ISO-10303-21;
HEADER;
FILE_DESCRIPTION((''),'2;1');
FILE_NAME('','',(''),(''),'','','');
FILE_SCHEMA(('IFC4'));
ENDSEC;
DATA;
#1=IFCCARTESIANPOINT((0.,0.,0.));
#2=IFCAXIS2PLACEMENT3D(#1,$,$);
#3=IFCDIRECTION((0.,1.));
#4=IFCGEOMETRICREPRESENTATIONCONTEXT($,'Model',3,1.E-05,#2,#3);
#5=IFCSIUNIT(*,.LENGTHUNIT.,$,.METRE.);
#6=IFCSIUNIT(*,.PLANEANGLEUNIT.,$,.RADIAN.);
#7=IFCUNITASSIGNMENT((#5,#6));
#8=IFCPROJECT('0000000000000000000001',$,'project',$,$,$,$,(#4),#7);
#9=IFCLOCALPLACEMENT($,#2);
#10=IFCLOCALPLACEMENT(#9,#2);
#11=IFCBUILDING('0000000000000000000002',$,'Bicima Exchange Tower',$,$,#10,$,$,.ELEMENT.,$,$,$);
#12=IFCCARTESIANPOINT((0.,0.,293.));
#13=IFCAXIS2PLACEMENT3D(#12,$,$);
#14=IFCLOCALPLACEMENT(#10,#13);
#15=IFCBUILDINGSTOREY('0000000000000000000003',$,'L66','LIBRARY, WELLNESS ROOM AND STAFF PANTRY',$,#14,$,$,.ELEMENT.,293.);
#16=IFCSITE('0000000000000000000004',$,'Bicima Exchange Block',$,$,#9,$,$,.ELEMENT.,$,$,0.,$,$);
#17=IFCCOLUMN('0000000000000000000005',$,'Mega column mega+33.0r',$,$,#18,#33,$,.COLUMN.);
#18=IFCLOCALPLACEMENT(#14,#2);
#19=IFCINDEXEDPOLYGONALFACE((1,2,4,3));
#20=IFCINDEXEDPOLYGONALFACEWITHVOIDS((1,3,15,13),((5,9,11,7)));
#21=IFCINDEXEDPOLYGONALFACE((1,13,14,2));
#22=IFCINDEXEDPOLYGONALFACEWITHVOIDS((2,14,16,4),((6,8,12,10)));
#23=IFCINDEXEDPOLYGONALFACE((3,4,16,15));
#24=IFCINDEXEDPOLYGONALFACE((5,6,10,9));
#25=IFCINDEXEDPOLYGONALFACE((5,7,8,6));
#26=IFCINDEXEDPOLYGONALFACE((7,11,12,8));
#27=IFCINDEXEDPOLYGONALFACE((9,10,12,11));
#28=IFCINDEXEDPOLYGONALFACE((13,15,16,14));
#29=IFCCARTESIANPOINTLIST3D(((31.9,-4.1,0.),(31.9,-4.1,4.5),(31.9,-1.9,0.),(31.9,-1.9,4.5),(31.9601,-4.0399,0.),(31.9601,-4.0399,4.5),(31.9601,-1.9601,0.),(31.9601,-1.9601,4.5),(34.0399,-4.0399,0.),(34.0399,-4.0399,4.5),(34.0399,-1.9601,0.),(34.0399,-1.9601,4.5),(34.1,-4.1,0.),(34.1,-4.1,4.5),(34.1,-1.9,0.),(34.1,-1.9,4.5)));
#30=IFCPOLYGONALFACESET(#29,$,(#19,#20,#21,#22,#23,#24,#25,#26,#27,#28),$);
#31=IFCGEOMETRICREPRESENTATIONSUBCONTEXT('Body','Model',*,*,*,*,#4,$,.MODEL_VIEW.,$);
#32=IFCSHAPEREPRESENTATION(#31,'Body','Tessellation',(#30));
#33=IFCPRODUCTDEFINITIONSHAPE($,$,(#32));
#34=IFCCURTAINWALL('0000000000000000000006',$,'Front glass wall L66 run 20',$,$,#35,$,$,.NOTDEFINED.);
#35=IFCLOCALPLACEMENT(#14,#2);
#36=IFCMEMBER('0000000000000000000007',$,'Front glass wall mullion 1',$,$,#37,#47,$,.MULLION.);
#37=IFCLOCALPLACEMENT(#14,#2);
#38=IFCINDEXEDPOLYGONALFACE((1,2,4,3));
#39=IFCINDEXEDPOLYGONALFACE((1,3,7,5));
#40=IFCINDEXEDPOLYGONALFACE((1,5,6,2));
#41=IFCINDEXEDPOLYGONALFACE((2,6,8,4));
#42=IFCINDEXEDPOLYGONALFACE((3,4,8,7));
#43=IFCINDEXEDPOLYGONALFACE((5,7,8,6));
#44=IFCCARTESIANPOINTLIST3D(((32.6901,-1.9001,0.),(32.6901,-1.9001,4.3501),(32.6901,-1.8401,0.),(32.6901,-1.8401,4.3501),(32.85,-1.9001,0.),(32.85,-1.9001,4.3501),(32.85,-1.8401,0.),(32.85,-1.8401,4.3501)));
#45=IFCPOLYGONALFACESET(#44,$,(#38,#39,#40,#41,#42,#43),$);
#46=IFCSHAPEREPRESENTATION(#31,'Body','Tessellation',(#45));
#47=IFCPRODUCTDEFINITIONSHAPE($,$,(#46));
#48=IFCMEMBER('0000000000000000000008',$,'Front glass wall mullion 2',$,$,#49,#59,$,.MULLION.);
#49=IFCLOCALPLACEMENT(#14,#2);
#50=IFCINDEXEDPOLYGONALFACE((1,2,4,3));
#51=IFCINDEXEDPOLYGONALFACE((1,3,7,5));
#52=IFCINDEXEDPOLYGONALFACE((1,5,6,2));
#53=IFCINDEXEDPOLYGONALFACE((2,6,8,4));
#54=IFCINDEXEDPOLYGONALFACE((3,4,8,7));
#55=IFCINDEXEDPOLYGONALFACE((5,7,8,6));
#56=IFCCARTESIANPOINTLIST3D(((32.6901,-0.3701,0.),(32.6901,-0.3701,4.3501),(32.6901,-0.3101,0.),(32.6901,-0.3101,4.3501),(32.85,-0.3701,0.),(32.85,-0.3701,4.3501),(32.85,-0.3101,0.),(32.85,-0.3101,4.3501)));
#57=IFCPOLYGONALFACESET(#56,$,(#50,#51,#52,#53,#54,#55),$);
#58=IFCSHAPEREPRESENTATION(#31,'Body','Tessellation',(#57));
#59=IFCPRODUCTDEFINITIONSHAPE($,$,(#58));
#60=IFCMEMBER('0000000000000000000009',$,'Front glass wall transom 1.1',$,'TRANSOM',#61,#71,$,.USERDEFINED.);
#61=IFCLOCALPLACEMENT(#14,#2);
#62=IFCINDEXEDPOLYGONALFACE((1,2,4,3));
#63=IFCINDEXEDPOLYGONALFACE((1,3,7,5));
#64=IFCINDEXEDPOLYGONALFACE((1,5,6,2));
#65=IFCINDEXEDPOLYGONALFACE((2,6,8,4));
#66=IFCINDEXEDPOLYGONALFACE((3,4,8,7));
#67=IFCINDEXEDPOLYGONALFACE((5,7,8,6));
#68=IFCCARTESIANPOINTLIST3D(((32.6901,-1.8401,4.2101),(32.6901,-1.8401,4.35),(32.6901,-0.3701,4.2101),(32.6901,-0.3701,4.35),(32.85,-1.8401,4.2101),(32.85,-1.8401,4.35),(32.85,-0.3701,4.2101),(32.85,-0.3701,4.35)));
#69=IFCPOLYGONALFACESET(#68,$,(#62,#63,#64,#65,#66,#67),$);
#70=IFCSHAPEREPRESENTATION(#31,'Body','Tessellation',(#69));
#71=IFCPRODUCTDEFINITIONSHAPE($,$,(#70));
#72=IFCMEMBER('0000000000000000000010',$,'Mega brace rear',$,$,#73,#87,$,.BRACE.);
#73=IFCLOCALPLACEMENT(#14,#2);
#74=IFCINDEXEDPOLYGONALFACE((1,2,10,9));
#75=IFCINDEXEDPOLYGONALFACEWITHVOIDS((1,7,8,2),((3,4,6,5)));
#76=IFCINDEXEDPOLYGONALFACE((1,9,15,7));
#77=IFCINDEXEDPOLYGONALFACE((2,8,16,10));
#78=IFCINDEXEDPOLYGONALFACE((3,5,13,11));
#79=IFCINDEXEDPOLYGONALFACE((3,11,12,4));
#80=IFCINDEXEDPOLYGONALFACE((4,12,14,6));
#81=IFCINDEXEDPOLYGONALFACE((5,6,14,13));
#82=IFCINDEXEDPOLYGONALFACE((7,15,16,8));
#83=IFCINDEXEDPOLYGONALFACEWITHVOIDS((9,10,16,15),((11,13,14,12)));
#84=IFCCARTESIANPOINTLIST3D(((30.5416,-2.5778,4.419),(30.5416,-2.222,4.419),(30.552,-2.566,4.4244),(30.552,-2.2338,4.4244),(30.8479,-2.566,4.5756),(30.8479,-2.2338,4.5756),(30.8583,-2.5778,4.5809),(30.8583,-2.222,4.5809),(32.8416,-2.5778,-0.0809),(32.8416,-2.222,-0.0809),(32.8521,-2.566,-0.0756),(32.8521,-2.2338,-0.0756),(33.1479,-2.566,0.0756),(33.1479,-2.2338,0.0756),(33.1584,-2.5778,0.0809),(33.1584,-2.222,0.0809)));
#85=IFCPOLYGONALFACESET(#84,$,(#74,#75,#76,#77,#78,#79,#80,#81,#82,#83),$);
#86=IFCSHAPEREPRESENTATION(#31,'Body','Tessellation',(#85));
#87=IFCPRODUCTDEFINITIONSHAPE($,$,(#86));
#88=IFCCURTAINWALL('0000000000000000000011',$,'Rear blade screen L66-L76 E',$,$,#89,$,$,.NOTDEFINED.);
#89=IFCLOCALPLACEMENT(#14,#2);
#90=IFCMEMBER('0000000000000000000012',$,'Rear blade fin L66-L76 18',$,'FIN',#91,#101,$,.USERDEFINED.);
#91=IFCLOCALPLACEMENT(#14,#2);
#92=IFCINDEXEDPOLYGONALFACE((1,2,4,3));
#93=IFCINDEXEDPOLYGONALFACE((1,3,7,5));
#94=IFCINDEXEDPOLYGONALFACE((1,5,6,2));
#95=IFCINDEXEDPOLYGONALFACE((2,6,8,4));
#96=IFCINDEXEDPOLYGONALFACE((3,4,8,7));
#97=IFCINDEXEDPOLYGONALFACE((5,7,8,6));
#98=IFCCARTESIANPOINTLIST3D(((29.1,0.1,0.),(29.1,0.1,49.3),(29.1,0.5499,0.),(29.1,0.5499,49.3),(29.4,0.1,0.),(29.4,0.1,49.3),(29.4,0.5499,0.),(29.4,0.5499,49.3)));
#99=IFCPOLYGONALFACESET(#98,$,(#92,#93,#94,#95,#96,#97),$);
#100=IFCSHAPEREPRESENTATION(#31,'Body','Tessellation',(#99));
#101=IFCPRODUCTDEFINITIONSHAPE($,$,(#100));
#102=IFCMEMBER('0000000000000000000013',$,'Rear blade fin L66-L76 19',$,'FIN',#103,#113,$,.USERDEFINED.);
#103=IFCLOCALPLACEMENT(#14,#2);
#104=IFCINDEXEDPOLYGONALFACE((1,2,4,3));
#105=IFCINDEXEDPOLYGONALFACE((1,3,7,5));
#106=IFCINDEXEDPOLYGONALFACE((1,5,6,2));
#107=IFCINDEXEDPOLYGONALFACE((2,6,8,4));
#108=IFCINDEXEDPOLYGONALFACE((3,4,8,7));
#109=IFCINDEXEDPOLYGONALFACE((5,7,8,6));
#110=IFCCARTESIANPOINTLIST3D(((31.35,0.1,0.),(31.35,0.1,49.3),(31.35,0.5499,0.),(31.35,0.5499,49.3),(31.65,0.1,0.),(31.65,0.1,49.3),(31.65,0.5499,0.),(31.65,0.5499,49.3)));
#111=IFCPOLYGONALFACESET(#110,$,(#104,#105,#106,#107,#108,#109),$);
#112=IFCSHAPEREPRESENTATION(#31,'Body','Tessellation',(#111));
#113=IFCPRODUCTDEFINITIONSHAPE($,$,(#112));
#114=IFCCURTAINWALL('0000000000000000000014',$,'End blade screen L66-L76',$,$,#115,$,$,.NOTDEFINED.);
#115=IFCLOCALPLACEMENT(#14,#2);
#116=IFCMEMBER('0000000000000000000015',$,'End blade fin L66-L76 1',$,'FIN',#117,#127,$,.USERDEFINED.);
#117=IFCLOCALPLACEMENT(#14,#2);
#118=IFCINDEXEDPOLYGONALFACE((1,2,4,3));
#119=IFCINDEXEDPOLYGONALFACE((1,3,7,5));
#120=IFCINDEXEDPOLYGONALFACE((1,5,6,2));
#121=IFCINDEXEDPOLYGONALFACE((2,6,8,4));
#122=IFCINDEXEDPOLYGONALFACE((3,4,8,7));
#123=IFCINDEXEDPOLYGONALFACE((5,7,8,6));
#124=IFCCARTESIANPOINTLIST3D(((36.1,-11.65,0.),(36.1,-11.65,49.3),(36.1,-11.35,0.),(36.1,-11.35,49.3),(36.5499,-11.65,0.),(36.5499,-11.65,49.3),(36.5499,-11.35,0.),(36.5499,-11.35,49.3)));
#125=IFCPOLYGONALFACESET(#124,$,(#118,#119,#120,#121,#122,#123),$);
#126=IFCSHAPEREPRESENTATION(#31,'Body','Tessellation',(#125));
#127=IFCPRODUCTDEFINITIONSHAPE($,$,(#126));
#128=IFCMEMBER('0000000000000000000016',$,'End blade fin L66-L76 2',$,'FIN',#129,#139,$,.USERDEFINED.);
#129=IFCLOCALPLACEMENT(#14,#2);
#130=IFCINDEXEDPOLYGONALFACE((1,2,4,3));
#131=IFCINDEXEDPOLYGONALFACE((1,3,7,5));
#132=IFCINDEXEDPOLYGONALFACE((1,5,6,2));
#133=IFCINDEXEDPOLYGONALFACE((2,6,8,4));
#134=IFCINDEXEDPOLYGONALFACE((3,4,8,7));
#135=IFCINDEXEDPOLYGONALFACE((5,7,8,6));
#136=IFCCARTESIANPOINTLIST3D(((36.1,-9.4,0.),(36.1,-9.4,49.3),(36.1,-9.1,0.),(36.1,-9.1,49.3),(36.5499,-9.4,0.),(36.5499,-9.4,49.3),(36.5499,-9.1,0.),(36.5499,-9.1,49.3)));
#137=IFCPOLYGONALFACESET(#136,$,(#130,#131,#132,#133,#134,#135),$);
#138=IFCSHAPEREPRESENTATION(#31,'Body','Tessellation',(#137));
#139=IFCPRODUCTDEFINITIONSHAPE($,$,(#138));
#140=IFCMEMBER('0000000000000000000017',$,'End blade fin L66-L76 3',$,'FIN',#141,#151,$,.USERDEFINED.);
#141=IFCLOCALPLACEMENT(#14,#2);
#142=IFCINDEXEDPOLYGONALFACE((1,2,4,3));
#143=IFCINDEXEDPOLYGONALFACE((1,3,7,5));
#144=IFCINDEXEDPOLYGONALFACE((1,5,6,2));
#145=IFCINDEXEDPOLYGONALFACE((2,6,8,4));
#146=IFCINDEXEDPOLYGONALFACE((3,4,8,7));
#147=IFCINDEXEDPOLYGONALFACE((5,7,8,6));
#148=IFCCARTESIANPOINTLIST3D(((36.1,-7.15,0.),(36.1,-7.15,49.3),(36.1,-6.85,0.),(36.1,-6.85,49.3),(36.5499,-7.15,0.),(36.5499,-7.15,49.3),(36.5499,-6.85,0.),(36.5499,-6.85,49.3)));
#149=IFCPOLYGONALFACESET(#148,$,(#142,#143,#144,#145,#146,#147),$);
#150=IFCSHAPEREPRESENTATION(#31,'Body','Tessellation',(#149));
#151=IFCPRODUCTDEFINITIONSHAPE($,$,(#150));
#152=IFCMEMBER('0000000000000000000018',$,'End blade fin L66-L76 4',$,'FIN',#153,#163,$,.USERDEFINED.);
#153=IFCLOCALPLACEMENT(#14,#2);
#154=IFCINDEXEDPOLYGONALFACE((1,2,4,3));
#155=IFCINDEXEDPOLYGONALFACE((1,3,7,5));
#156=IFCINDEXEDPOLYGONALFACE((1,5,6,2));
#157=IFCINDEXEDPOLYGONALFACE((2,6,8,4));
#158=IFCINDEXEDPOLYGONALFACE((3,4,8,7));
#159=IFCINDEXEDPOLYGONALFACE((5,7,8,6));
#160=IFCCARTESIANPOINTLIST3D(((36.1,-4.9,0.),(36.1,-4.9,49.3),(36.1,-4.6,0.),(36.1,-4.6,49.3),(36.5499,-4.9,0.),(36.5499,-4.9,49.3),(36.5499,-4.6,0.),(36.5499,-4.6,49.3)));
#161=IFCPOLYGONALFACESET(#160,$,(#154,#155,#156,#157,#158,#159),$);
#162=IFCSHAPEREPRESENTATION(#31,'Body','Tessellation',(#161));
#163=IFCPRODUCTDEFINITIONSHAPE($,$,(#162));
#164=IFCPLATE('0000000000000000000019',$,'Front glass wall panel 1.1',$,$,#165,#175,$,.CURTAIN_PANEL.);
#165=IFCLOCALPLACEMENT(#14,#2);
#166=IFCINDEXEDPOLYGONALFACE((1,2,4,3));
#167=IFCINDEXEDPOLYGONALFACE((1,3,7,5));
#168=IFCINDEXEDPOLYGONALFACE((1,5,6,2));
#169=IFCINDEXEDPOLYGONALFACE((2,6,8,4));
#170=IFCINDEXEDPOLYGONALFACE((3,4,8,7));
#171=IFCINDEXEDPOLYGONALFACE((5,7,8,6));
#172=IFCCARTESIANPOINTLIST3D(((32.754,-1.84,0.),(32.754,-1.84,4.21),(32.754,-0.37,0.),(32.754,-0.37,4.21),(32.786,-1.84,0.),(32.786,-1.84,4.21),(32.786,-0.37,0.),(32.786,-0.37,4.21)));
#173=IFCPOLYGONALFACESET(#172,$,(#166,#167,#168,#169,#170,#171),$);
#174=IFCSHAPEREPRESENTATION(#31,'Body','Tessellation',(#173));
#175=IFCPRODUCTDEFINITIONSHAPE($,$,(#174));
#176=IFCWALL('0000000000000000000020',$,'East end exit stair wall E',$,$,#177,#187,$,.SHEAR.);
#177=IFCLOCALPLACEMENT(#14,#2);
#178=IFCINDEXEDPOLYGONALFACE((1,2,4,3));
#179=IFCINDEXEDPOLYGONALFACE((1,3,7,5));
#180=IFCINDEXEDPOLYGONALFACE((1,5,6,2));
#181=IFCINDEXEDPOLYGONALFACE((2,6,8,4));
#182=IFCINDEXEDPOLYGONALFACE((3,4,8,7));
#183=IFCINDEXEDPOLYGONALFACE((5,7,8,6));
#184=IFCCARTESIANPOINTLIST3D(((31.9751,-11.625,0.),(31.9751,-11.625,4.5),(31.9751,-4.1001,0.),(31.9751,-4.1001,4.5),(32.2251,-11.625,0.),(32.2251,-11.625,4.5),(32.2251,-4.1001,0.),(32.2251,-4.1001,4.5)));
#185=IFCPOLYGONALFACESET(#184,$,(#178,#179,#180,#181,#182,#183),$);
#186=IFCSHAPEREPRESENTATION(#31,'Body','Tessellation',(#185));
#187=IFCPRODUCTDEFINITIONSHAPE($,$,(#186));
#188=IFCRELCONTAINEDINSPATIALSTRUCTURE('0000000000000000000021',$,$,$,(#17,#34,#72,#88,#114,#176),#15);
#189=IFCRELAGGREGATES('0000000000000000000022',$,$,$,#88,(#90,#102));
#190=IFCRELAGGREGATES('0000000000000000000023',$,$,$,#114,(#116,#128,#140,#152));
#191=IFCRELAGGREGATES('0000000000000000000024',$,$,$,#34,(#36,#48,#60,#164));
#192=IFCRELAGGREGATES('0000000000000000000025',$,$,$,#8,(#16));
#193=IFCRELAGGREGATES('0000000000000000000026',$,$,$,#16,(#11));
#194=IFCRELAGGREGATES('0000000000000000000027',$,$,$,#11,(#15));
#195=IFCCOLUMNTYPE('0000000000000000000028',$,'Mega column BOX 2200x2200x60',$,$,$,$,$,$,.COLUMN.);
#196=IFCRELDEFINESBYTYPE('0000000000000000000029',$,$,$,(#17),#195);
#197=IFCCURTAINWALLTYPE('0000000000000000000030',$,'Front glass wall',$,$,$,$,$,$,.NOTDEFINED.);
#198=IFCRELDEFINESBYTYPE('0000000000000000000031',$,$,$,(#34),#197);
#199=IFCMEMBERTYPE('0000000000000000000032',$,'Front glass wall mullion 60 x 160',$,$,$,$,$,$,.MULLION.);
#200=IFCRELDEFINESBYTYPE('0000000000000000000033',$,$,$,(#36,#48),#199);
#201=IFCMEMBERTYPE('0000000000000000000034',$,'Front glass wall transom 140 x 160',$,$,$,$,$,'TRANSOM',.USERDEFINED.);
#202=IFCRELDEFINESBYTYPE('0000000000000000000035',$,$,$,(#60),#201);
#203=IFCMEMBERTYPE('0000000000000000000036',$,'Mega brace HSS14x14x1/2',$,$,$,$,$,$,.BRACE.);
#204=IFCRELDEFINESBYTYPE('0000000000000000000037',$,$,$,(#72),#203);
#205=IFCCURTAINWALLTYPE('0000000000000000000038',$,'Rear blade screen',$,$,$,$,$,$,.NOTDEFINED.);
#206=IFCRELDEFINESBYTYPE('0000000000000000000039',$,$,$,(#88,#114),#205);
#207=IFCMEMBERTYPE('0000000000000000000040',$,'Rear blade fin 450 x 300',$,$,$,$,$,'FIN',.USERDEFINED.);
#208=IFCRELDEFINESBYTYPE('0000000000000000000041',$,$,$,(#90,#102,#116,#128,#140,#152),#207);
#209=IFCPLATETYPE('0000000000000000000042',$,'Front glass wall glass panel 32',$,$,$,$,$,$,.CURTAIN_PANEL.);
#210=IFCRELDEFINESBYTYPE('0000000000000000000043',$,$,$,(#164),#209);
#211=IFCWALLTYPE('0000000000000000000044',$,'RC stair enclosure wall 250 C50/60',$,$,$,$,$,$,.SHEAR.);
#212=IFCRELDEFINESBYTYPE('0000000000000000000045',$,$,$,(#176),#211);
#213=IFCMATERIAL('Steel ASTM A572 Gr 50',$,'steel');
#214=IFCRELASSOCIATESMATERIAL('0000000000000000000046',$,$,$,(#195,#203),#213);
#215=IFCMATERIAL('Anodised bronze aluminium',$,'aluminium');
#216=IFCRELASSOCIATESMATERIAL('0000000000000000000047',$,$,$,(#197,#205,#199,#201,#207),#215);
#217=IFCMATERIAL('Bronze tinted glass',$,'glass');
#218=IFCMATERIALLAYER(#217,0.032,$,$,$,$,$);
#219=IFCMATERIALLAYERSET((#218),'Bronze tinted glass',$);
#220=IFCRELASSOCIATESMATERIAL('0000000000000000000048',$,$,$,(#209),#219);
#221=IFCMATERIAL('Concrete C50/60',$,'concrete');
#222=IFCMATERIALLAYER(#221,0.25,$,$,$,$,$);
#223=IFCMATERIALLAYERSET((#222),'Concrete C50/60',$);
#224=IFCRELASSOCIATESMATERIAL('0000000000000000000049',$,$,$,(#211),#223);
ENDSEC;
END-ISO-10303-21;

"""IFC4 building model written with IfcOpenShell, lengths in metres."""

from ifc_helpers import new_model, si_unit, direction, frame, frame_2d, origin, origin_2d, place, context, subcontext, project, spatial, rectangle, hollow_rectangle, extrude, material, layer, layer_set, material_profile, profile_set, type_object, element, aggregate, save


model = new_model("IFC4")

# Units and contexts
model_context = context("Model", 3, precision=1e-05, world=origin(), true_north=direction((0.0, 1.0)))
body_context = subcontext(model_context, "Body", "Model", "MODEL_VIEW")
ifc_project = project(units=[si_unit("LENGTHUNIT", "METRE"), si_unit("PLANEANGLEUNIT", "RADIAN")], contexts=[model_context])

# Site, building, storey
site_placement = place(None, origin())
site = spatial("IfcSite", under=ifc_project, at=site_placement, Name="Bicima Exchange Block", CompositionType="ELEMENT", RefElevation=0.0)
building_placement = place(site_placement, origin())
building = spatial("IfcBuilding", under=site, at=building_placement, Name="Bicima Exchange Tower", CompositionType="ELEMENT")
storey_placement = place(building_placement, frame((0.0, 0.0, 293.0)))
storey = spatial("IfcBuildingStorey", under=building, at=storey_placement, Name="L66", Description="LIBRARY, WELLNESS ROOM AND STAFF PANTRY", CompositionType="ELEMENT", Elevation=293.0)

# Column
ifc_material_1 = material(Name="Steel ASTM A572 Gr 50", Category="steel")
ifc_material_profile_1 = material_profile(ifc_material_1, hollow_rectangle(XDim=2.2, YDim=2.2, WallThickness=0.0601, at=origin_2d()))
ifc_profile_set_1 = profile_set([ifc_material_profile_1], Name="Steel ASTM A572 Gr 50")
column_type = type_object("IfcColumnType", Name="Mega column BOX 2200x2200x60", PredefinedType="COLUMN", material=ifc_profile_set_1)
column_placement = place(storey_placement, frame((33.0, -3.0, 0.0), z_axis=(0.0, 0.0, 1.0), x_axis=(1.0, 0.0, 0.0)))
element("IfcColumn", 1, at=column_placement, inside=storey, type_object=column_type, Name="Mega column mega+33.0r", PredefinedType="COLUMN", context=body_context, shape_type="SweptSolid", body=[
    extrude(hollow_rectangle(XDim=2.2, YDim=2.2, WallThickness=0.0601, at=origin_2d()), origin(), (0.0, 0.0, 1.0), 4.5),
])

# Curtain wall, members
ifc_material_2 = material(Name="Anodised bronze aluminium", Category="aluminium")
curtain_wall_type_1 = type_object("IfcCurtainWallType", Name="Front glass wall", PredefinedType="NOTDEFINED", material=ifc_material_2)
curtain_wall_1_placement = place(storey_placement, origin())
curtain_wall_1 = element("IfcCurtainWall", 2, at=curtain_wall_1_placement, inside=storey, type_object=curtain_wall_type_1, Name="Front glass wall L66 run 20", PredefinedType="NOTDEFINED")
ifc_material_profile_2 = material_profile(ifc_material_2, rectangle(XDim=0.1599, YDim=0.0601, at=origin_2d()))
ifc_profile_set_2 = profile_set([ifc_material_profile_2], Name="Anodised bronze aluminium")
member_type_1 = type_object("IfcMemberType", Name="Front glass wall mullion 60 x 160", PredefinedType="MULLION", material=ifc_profile_set_2)
member_1_placement = place(storey_placement, frame((32.77, -1.8701, 0.0), z_axis=(0.0, 0.0, 1.0), x_axis=(-1.0, 0.0, 0.0)))
member_1 = element("IfcMember", 3, at=member_1_placement, type_object=member_type_1, Name="Front glass wall mullion 1", PredefinedType="MULLION", context=body_context, shape_type="SweptSolid", body=[
    extrude(rectangle(XDim=0.1599, YDim=0.0601, at=origin_2d()), origin(), (0.0, 0.0, 1.0), 4.3501),
])
member_2_placement = place(storey_placement, frame((32.77, -0.3401, 0.0), z_axis=(0.0, 0.0, 1.0), x_axis=(-1.0, 0.0, 0.0)))
member_2 = element("IfcMember", 4, at=member_2_placement, type_object=member_type_1, Name="Front glass wall mullion 2", PredefinedType="MULLION", context=body_context, shape_type="SweptSolid", body=[
    extrude(rectangle(XDim=0.1599, YDim=0.0601, at=origin_2d()), origin(), (0.0, 0.0, 1.0), 4.3501),
])
ifc_material_profile_3 = material_profile(ifc_material_2, rectangle(XDim=0.1599, YDim=0.1399, at=origin_2d()))
ifc_profile_set_3 = profile_set([ifc_material_profile_3], Name="Anodised bronze aluminium")
member_type_2 = type_object("IfcMemberType", Name="Front glass wall transom 140 x 160", ElementType="TRANSOM", PredefinedType="USERDEFINED", material=ifc_profile_set_3)
member_3_placement = place(storey_placement, frame((32.77, -1.8401, 4.28), z_axis=(0.0, 1.0, 0.0), x_axis=(-1.0, 0.0, 0.0)))
member_3 = element("IfcMember", 5, at=member_3_placement, type_object=member_type_2, Name="Front glass wall transom 1.1", ObjectType="TRANSOM", PredefinedType="USERDEFINED", context=body_context, shape_type="SweptSolid", body=[
    extrude(rectangle(XDim=0.1599, YDim=0.1399, at=origin_2d()), origin(), (0.0, 0.0, 1.0), 1.47),
])

# Member
ifc_material_profile_4 = material_profile(ifc_material_1, hollow_rectangle(XDim=0.3557, YDim=0.3557, WallThickness=0.0117, at=origin_2d()))
ifc_profile_set_4 = profile_set([ifc_material_profile_4], Name="Steel ASTM A572 Gr 50")
member_type_3 = type_object("IfcMemberType", Name="Mega brace HSS14x14x1/2", PredefinedType="BRACE", material=ifc_profile_set_4)
member_4_placement = place(storey_placement, frame((33.0, -2.3999, 0.0), z_axis=(-0.455119, 0.0, 0.890431), x_axis=(0.0, -1.0, 0.0)))
element("IfcMember", 6, at=member_4_placement, inside=storey, type_object=member_type_3, Name="Mega brace rear", PredefinedType="BRACE", context=body_context, shape_type="SweptSolid", body=[
    extrude(hollow_rectangle(XDim=0.3557, YDim=0.3557, WallThickness=0.0117, at=origin_2d()), origin(), (0.0, 0.0, 1.0), 5.0537),
])

# Curtain walls, members
curtain_wall_type_2 = type_object("IfcCurtainWallType", Name="Rear blade screen", PredefinedType="NOTDEFINED", material=ifc_material_2)
curtain_wall_2_placement = place(storey_placement, origin())
curtain_wall_2 = element("IfcCurtainWall", 7, at=curtain_wall_2_placement, inside=storey, type_object=curtain_wall_type_2, Name="Rear blade screen L66-L76 E", PredefinedType="NOTDEFINED")
ifc_material_profile_5 = material_profile(ifc_material_2, rectangle(XDim=0.45, YDim=0.3, at=origin_2d()))
ifc_profile_set_5 = profile_set([ifc_material_profile_5], Name="Anodised bronze aluminium")
member_type_4 = type_object("IfcMemberType", Name="Rear blade fin 450 x 300", ElementType="FIN", PredefinedType="USERDEFINED", material=ifc_profile_set_5)
member_5_placement = place(storey_placement, frame((29.25, 0.325, 0.0), z_axis=(0.0, 0.0, 1.0), x_axis=(0.0, 1.0, 0.0)))
member_5 = element("IfcMember", 8, at=member_5_placement, type_object=member_type_4, Name="Rear blade fin L66-L76 18", ObjectType="FIN", PredefinedType="USERDEFINED", context=body_context, shape_type="SweptSolid", body=[
    extrude(rectangle(XDim=0.45, YDim=0.3, at=origin_2d()), origin(), (0.0, 0.0, 1.0), 49.3),
])
member_6_placement = place(storey_placement, frame((31.5, 0.325, 0.0), z_axis=(0.0, 0.0, 1.0), x_axis=(0.0, 1.0, 0.0)))
member_6 = element("IfcMember", 9, at=member_6_placement, type_object=member_type_4, Name="Rear blade fin L66-L76 19", ObjectType="FIN", PredefinedType="USERDEFINED", context=body_context, shape_type="SweptSolid", body=[
    extrude(rectangle(XDim=0.45, YDim=0.3, at=origin_2d()), origin(), (0.0, 0.0, 1.0), 49.3),
])
aggregate(curtain_wall_2, [member_5, member_6])
curtain_wall_3_placement = place(storey_placement, origin())
curtain_wall_3 = element("IfcCurtainWall", 10, at=curtain_wall_3_placement, inside=storey, type_object=curtain_wall_type_2, Name="End blade screen L66-L76", PredefinedType="NOTDEFINED")
member_7_placement = place(storey_placement, frame((36.325, -11.5, 0.0), z_axis=(0.0, 0.0, 1.0), x_axis=(1.0, 0.0, 0.0)))
member_7 = element("IfcMember", 11, at=member_7_placement, type_object=member_type_4, Name="End blade fin L66-L76 1", ObjectType="FIN", PredefinedType="USERDEFINED", context=body_context, shape_type="SweptSolid", body=[
    extrude(rectangle(XDim=0.45, YDim=0.3, at=origin_2d()), origin(), (0.0, 0.0, 1.0), 49.3),
])
member_8_placement = place(storey_placement, frame((36.325, -9.25, 0.0), z_axis=(0.0, 0.0, 1.0), x_axis=(1.0, 0.0, 0.0)))
member_8 = element("IfcMember", 12, at=member_8_placement, type_object=member_type_4, Name="End blade fin L66-L76 2", ObjectType="FIN", PredefinedType="USERDEFINED", context=body_context, shape_type="SweptSolid", body=[
    extrude(rectangle(XDim=0.45, YDim=0.3, at=origin_2d()), origin(), (0.0, 0.0, 1.0), 49.3),
])
member_9_placement = place(storey_placement, frame((36.325, -7.0, 0.0), z_axis=(0.0, 0.0, 1.0), x_axis=(1.0, 0.0, 0.0)))
member_9 = element("IfcMember", 13, at=member_9_placement, type_object=member_type_4, Name="End blade fin L66-L76 3", ObjectType="FIN", PredefinedType="USERDEFINED", context=body_context, shape_type="SweptSolid", body=[
    extrude(rectangle(XDim=0.45, YDim=0.3, at=origin_2d()), origin(), (0.0, 0.0, 1.0), 49.3),
])
member_10_placement = place(storey_placement, frame((36.325, -4.75, 0.0), z_axis=(0.0, 0.0, 1.0), x_axis=(1.0, 0.0, 0.0)))
member_10 = element("IfcMember", 14, at=member_10_placement, type_object=member_type_4, Name="End blade fin L66-L76 4", ObjectType="FIN", PredefinedType="USERDEFINED", context=body_context, shape_type="SweptSolid", body=[
    extrude(rectangle(XDim=0.45, YDim=0.3, at=origin_2d()), origin(), (0.0, 0.0, 1.0), 49.3),
])
aggregate(curtain_wall_3, [member_7, member_8, member_9, member_10])

# Plate
ifc_material_3 = material(Name="Bronze tinted glass", Category="glass")
ifc_layer_1 = layer(ifc_material_3, 0.032)
ifc_layer_set_1 = layer_set([ifc_layer_1], Name="Bronze tinted glass")
plate_type = type_object("IfcPlateType", Name="Front glass wall glass panel 32", PredefinedType="CURTAIN_PANEL", material=ifc_layer_set_1)
plate_placement = place(storey_placement, frame((32.77, -1.105, 0.0), z_axis=(0.0, 0.0, 1.0), x_axis=(0.0, 1.0, 0.0)))
plate = element("IfcPlate", 15, at=plate_placement, type_object=plate_type, Name="Front glass wall panel 1.1", PredefinedType="CURTAIN_PANEL", context=body_context, shape_type="SweptSolid", body=[
    extrude(rectangle(XDim=1.47, YDim=0.032, at=origin_2d()), origin(), (0.0, 0.0, 1.0), 4.21),
])
aggregate(curtain_wall_1, [member_1, member_2, member_3, plate])

# Wall
ifc_material_4 = material(Name="Concrete C50/60", Category="concrete")
ifc_layer_2 = layer(ifc_material_4, 0.25)
ifc_layer_set_2 = layer_set([ifc_layer_2], Name="Concrete C50/60")
wall_type_1 = type_object("IfcWallType", Name="RC stair enclosure wall 250 C50/60", PredefinedType="SHEAR", material=ifc_layer_set_2)
wall_1_placement = place(storey_placement, frame((32.1001, -11.625, 0.0), z_axis=(0.0, 0.0, 1.0), x_axis=(0.0, 1.0, 0.0)))
element("IfcWall", 16, at=wall_1_placement, inside=storey, type_object=wall_type_1, Name="East end exit stair wall E", PredefinedType="SHEAR", context=body_context, shape_type="SweptSolid", body=[
    extrude(rectangle(XDim=7.5249, YDim=0.25, at=frame_2d((3.7625, 0.0))), origin(), (0.0, 0.0, 1.0), 4.5),
])

save(model, "model.ifc")
